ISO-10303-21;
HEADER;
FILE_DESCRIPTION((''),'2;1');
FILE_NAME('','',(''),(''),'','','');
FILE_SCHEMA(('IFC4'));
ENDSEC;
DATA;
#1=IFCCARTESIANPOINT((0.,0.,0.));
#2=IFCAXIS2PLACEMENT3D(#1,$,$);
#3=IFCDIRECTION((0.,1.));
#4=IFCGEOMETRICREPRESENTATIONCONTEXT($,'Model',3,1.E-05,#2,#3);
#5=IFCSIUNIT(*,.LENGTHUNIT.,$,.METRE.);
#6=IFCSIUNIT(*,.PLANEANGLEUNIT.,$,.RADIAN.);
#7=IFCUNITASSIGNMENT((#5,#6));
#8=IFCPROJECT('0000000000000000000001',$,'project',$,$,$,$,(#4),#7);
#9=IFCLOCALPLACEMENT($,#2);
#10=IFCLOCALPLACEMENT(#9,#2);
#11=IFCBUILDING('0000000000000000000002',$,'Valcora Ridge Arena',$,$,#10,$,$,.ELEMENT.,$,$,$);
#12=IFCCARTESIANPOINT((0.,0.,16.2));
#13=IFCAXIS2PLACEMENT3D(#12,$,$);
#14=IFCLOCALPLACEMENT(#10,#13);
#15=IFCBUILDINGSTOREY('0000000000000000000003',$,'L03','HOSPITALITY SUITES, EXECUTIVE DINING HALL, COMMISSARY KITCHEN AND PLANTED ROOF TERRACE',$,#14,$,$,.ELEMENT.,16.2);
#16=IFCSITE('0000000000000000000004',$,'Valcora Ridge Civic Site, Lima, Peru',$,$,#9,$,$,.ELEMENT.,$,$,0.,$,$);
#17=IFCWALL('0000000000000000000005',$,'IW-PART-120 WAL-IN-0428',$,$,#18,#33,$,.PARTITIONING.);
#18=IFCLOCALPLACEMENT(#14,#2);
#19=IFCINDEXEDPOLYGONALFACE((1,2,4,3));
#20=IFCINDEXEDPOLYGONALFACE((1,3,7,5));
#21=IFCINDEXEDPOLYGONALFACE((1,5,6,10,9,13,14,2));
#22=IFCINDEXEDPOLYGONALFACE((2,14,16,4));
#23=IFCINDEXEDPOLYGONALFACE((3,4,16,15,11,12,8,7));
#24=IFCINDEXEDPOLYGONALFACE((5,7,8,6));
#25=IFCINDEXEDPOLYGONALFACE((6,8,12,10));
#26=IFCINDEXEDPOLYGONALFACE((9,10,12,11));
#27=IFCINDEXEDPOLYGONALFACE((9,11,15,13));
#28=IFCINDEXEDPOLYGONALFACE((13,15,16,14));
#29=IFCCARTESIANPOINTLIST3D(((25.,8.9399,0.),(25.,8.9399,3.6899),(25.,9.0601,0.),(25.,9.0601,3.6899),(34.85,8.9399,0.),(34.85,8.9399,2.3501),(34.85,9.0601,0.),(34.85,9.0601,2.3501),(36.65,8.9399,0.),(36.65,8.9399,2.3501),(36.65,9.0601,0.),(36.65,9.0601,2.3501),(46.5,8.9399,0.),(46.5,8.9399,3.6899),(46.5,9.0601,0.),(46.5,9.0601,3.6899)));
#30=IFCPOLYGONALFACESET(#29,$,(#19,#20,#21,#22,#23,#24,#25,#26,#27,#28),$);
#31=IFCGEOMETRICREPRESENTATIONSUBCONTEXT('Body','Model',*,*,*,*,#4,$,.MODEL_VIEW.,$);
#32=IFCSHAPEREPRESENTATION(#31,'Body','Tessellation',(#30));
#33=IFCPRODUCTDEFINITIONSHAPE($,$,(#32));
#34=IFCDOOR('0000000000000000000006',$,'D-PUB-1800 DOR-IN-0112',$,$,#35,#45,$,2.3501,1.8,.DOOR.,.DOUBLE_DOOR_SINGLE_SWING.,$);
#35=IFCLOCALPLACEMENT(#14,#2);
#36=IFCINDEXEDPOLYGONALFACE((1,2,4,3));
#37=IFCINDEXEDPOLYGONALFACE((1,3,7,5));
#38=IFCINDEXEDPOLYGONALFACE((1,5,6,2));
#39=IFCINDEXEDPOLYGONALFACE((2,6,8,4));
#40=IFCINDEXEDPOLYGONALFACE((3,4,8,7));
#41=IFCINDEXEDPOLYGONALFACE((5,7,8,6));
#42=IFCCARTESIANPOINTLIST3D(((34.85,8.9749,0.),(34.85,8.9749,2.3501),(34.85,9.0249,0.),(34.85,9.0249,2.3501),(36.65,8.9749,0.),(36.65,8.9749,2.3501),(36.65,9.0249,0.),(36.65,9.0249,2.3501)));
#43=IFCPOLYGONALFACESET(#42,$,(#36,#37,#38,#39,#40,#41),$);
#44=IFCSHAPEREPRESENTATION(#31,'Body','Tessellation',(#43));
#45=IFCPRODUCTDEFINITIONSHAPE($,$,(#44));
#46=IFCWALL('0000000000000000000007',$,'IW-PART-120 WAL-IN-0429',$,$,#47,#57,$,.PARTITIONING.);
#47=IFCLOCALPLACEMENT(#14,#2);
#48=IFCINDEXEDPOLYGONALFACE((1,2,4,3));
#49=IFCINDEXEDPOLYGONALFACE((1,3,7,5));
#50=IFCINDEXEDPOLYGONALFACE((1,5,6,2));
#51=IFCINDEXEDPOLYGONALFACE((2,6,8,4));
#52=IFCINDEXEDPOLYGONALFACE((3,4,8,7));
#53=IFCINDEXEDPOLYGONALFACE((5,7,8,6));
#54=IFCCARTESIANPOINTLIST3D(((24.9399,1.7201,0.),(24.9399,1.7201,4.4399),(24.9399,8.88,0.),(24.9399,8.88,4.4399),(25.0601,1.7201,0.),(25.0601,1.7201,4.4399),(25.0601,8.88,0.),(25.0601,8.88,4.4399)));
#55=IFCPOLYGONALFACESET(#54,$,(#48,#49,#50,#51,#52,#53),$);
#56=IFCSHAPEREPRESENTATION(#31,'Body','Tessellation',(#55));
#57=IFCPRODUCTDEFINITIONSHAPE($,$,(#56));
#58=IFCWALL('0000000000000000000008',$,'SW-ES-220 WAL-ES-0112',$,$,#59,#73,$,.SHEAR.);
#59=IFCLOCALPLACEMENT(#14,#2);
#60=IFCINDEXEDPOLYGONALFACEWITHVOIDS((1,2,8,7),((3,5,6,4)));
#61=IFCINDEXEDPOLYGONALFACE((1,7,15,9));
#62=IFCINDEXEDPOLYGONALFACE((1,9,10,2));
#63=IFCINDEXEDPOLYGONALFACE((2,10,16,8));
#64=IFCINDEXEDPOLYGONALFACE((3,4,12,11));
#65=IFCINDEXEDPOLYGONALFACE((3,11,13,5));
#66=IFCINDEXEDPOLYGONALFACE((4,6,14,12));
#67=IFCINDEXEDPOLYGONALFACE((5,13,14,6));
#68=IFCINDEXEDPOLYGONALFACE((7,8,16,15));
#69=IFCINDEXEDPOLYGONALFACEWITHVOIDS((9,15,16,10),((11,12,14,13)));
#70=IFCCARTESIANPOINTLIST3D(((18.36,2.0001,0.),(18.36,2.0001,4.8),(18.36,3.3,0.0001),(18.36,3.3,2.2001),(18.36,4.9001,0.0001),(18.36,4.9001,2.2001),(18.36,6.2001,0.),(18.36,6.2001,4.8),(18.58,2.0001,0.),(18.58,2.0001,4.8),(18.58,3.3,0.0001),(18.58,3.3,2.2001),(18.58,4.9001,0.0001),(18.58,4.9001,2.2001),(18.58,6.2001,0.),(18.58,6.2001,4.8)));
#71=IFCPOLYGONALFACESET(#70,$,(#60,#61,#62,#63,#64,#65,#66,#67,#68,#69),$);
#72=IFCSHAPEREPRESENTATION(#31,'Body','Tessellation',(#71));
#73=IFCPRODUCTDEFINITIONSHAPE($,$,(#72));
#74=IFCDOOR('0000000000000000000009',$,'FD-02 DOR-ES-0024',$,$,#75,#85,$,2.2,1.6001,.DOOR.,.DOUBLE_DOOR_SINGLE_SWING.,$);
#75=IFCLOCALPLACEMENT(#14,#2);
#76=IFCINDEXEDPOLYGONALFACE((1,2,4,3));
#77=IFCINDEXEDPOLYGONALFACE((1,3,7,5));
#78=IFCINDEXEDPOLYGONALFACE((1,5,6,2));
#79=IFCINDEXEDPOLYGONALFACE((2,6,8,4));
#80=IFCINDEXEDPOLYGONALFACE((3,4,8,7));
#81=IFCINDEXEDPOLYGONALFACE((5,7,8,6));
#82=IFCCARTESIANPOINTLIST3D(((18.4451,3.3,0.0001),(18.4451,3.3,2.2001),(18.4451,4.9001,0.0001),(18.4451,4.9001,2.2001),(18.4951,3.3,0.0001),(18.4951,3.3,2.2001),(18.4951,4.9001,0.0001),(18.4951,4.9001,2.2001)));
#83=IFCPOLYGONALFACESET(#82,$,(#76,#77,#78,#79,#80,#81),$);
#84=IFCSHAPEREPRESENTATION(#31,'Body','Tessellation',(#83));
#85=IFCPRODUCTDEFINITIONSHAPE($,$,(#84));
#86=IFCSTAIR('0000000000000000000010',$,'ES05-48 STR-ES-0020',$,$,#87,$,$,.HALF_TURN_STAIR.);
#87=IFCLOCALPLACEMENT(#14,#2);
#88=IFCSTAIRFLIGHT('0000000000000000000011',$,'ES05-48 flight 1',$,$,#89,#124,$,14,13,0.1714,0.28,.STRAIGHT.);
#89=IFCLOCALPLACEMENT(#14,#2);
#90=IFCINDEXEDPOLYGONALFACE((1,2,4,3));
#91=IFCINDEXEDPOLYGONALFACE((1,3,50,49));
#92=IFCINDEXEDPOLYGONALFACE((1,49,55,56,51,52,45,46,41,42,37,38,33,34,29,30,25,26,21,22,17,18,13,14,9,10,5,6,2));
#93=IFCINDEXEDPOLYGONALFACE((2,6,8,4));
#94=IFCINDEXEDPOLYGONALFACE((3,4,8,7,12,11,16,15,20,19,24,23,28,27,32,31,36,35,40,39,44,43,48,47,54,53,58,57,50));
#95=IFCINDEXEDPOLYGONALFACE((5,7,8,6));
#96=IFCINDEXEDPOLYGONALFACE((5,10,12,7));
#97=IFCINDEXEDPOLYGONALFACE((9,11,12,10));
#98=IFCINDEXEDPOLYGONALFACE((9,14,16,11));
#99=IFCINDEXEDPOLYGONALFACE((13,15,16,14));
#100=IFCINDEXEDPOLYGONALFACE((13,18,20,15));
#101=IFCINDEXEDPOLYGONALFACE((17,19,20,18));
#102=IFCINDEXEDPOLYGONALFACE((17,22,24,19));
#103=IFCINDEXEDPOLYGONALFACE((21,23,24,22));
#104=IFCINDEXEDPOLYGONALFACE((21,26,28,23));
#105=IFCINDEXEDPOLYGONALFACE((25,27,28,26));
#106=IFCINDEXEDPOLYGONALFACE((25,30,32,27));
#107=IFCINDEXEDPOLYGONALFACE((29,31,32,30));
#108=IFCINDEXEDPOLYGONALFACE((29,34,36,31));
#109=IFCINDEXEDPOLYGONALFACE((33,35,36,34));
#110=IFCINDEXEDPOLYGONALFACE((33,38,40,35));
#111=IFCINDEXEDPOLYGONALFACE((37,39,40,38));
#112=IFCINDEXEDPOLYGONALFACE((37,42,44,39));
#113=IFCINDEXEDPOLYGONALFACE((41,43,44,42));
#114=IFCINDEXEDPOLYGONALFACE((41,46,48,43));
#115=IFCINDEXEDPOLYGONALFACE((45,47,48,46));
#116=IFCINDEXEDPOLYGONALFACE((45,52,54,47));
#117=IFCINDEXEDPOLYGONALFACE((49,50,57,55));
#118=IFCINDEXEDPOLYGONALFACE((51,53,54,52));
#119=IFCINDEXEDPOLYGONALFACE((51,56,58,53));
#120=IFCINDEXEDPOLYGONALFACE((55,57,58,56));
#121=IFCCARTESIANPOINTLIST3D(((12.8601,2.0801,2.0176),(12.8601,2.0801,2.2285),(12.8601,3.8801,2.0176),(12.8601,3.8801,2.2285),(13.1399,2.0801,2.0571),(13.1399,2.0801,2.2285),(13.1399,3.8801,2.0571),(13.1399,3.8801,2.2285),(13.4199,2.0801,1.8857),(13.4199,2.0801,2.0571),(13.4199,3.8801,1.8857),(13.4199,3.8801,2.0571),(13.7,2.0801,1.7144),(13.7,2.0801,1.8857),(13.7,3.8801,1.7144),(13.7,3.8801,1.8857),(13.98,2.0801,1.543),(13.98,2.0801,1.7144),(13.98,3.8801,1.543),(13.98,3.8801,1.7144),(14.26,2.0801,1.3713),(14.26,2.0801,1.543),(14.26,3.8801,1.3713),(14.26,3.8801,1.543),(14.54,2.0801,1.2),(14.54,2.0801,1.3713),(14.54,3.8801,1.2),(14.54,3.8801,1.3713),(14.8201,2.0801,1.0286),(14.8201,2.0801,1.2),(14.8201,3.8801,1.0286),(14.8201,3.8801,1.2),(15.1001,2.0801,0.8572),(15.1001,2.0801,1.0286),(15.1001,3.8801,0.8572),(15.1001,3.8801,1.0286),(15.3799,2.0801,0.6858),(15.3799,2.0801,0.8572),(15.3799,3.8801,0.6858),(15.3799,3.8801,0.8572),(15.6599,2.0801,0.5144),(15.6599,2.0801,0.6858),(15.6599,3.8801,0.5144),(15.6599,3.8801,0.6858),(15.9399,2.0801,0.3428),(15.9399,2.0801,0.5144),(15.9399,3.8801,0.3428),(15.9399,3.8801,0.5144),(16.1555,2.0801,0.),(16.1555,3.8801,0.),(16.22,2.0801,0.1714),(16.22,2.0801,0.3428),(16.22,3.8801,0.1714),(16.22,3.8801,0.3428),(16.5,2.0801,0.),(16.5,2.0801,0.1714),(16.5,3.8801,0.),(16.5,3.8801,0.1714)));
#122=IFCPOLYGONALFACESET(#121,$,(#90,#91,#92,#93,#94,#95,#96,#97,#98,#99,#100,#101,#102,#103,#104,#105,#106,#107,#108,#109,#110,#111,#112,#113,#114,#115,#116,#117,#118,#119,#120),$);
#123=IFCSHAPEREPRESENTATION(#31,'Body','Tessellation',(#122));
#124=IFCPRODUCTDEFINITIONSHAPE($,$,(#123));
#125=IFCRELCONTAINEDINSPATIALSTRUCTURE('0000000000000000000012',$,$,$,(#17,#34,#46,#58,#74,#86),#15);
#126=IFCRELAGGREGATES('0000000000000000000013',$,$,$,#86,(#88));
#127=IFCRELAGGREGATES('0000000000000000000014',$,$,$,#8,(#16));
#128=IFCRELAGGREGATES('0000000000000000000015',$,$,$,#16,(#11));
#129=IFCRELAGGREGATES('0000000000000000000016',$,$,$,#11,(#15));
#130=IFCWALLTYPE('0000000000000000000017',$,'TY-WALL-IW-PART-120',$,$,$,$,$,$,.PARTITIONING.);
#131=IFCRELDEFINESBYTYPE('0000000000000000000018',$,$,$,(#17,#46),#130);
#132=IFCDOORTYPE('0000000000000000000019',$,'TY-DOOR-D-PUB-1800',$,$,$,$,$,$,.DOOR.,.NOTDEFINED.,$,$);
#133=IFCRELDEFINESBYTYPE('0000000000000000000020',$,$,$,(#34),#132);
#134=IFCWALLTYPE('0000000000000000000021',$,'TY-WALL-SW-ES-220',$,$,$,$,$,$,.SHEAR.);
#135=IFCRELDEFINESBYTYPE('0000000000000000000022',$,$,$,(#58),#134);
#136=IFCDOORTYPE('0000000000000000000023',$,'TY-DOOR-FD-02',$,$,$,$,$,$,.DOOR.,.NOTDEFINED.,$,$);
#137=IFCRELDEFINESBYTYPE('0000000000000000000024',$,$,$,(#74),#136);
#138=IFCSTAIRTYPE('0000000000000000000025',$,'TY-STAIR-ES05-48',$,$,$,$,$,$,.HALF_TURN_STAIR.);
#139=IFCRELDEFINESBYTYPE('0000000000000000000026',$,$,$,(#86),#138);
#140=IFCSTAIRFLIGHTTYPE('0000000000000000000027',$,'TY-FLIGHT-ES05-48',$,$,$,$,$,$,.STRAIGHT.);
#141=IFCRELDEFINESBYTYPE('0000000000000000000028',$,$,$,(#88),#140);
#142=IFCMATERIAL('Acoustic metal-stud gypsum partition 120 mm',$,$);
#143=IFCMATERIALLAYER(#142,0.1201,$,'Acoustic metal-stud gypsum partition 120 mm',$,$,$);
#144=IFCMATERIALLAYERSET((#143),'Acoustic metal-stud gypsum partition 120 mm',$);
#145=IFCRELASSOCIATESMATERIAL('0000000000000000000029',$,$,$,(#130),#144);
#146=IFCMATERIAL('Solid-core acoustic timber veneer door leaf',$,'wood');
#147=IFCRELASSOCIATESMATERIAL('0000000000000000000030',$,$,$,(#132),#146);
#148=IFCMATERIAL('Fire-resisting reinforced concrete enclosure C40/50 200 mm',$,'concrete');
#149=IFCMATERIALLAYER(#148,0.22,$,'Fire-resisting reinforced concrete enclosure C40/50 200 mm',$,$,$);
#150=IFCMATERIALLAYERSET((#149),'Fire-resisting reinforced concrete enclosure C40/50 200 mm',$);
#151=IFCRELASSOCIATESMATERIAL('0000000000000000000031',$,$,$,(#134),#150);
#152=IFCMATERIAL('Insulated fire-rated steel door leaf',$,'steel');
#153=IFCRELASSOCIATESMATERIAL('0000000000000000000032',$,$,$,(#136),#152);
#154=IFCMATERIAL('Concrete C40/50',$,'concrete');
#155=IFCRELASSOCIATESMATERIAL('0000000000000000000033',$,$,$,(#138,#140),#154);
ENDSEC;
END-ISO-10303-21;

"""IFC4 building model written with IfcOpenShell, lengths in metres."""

from ifc_helpers import new_model, si_unit, direction, frame, frame_2d, origin, place, context, subcontext, project, spatial, polyline, rectangle, outline, extrude, material, layer, layer_set, type_object, element, fill, aggregate, save


model = new_model("IFC4")

# Units and contexts
model_context = context("Model", 3, precision=1e-05, world=origin(), true_north=direction((0.0, 1.0)))
body_context = subcontext(model_context, "Body", "Model", "MODEL_VIEW")
ifc_project = project(units=[si_unit("LENGTHUNIT", "METRE"), si_unit("PLANEANGLEUNIT", "RADIAN")], contexts=[model_context])

# Site, building, storey
site_placement = place(None, origin())
site = spatial("IfcSite", under=ifc_project, at=site_placement, Name="Valcora Ridge Civic Site, Lima, Peru", CompositionType="ELEMENT", RefElevation=0.0)
building_placement = place(site_placement, origin())
building = spatial("IfcBuilding", under=site, at=building_placement, Name="Valcora Ridge Arena", CompositionType="ELEMENT")
storey_placement = place(building_placement, frame((0.0, 0.0, 16.2)))
storey = spatial("IfcBuildingStorey", under=building, at=storey_placement, Name="L03", Description="HOSPITALITY SUITES, EXECUTIVE DINING HALL, COMMISSARY KITCHEN AND PLANTED ROOF TERRACE", CompositionType="ELEMENT", Elevation=16.2)

# Shared definitions
ifc_material_1 = material(Name="Concrete C40/50", Category="concrete")

# Shared definitions
ifc_material_2 = material(Name="Acoustic metal-stud gypsum partition 120 mm")
ifc_layer_1 = layer(ifc_material_2, 0.1201, Name="Acoustic metal-stud gypsum partition 120 mm")
ifc_layer_set_1 = layer_set([ifc_layer_1], Name="Acoustic metal-stud gypsum partition 120 mm")
wall_type_1 = type_object("IfcWallType", Name="TY-WALL-IW-PART-120", PredefinedType="PARTITIONING", material=ifc_layer_set_1)

# Wall, opening, door
wall_1_placement = place(storey_placement, frame((25.0, 9.0, 0.0), z_axis=(0.0, 0.0, 1.0), x_axis=(1.0, 0.0, 0.0)))
wall_1 = element("IfcWall", 1, at=wall_1_placement, inside=storey, type_object=wall_type_1, Name="IW-PART-120 WAL-IN-0428", PredefinedType="PARTITIONING", context=body_context, shape_type="SweptSolid", body=[
    extrude(rectangle(XDim=21.5, YDim=0.1201, at=frame_2d((10.75, 0.0))), origin(), (0.0, 0.0, 1.0), 3.6899),
])
opening_1_placement = place(wall_1_placement, frame((9.8501, 0.0, 0.0)))
opening_1 = element("IfcOpeningElement", 2, at=opening_1_placement, cuts=wall_1, PredefinedType="OPENING", context=body_context, shape_type="SweptSolid", body=[
    extrude(rectangle(XDim=1.8, YDim=2.3501, at=frame_2d((0.8999, 1.175))), frame((0.0, 0.0701, 0.0), z_axis=(0.0, -1.0, 0.0), x_axis=(1.0, 0.0, 0.0)), (0.0, 0.0, 1.0), 0.1401),
])
ifc_material_3 = material(Name="Solid-core acoustic timber veneer door leaf", Category="wood")
door_type_1 = type_object("IfcDoorType", Name="TY-DOOR-D-PUB-1800", OperationType="NOTDEFINED", PredefinedType="DOOR", material=ifc_material_3)
door_1_placement = place(opening_1_placement, origin())
door_1 = element("IfcDoor", 3, at=door_1_placement, inside=storey, type_object=door_type_1, Name="D-PUB-1800 DOR-IN-0112", OperationType="DOUBLE_DOOR_SINGLE_SWING", OverallHeight=2.3501, OverallWidth=1.8, PredefinedType="DOOR", context=body_context, shape_type="SweptSolid", body=[
    extrude(rectangle(XDim=1.8, YDim=2.3501, at=frame_2d((0.8999, 1.175))), frame((0.0, 0.0249, 0.0), z_axis=(0.0, -1.0, 0.0), x_axis=(1.0, 0.0, 0.0)), (0.0, 0.0, 1.0), 0.05),
])
fill(opening_1, door_1)

# Wall
wall_2_placement = place(storey_placement, frame((25.0, 1.72, 0.0), z_axis=(0.0, 0.0, 1.0), x_axis=(0.0, 1.0, 0.0)))
element("IfcWall", 4, at=wall_2_placement, inside=storey, type_object=wall_type_1, Name="IW-PART-120 WAL-IN-0429", PredefinedType="PARTITIONING", context=body_context, shape_type="SweptSolid", body=[
    extrude(rectangle(XDim=7.1599, YDim=0.1201, at=frame_2d((3.5801, 0.0))), origin(), (0.0, 0.0, 1.0), 4.4399),
])

# Wall, opening, door
ifc_material_4 = material(Name="Fire-resisting reinforced concrete enclosure C40/50 200 mm", Category="concrete")
ifc_layer_2 = layer(ifc_material_4, 0.22, Name="Fire-resisting reinforced concrete enclosure C40/50 200 mm")
ifc_layer_set_2 = layer_set([ifc_layer_2], Name="Fire-resisting reinforced concrete enclosure C40/50 200 mm")
wall_type_2 = type_object("IfcWallType", Name="TY-WALL-SW-ES-220", PredefinedType="SHEAR", material=ifc_layer_set_2)
wall_3_placement = place(storey_placement, frame((18.47, 2.0, 0.0), z_axis=(0.0, 0.0, 1.0), x_axis=(0.0, 1.0, 0.0)))
wall_3 = element("IfcWall", 5, at=wall_3_placement, inside=storey, type_object=wall_type_2, Name="SW-ES-220 WAL-ES-0112", PredefinedType="SHEAR", context=body_context, shape_type="SweptSolid", body=[
    extrude(rectangle(XDim=4.2, YDim=0.22, at=frame_2d((2.1001, 0.0))), origin(), (0.0, 0.0, 1.0), 4.8),
])
opening_2_placement = place(wall_3_placement, frame((1.3, 0.0, 0.0)))
opening_2 = element("IfcOpeningElement", 6, at=opening_2_placement, cuts=wall_3, PredefinedType="OPENING", context=body_context, shape_type="SweptSolid", body=[
    extrude(rectangle(XDim=1.6001, YDim=2.2, at=frame_2d((0.8, 1.1001))), frame((0.0, 0.1199, 0.0), z_axis=(0.0, -1.0, 0.0), x_axis=(1.0, 0.0, 0.0)), (0.0, 0.0, 1.0), 0.24),
])
ifc_material_5 = material(Name="Insulated fire-rated steel door leaf", Category="steel")
door_type_2 = type_object("IfcDoorType", Name="TY-DOOR-FD-02", OperationType="NOTDEFINED", PredefinedType="DOOR", material=ifc_material_5)
door_2_placement = place(opening_2_placement, origin())
door_2 = element("IfcDoor", 7, at=door_2_placement, inside=storey, type_object=door_type_2, Name="FD-02 DOR-ES-0024", OperationType="DOUBLE_DOOR_SINGLE_SWING", OverallHeight=2.2, OverallWidth=1.6001, PredefinedType="DOOR", context=body_context, shape_type="SweptSolid", body=[
    extrude(rectangle(XDim=1.6001, YDim=2.2, at=frame_2d((0.8, 1.1001))), frame((0.0, 0.0249, 0.0), z_axis=(0.0, -1.0, 0.0), x_axis=(1.0, 0.0, 0.0)), (0.0, 0.0, 1.0), 0.05),
])
fill(opening_2, door_2)

# Stair, stair flight
stair_type = type_object("IfcStairType", Name="TY-STAIR-ES05-48", PredefinedType="HALF_TURN_STAIR", material=ifc_material_1)
stair_placement = place(storey_placement, origin())
stair = element("IfcStair", 8, at=stair_placement, inside=storey, type_object=stair_type, Name="ES05-48 STR-ES-0020", PredefinedType="HALF_TURN_STAIR")
stair_flight_type = type_object("IfcStairFlightType", Name="TY-FLIGHT-ES05-48", PredefinedType="STRAIGHT", material=ifc_material_1)
stair_flight_placement = place(storey_placement, frame((16.5, 2.98, 0.0), z_axis=(0.0, 0.0, 1.0), x_axis=(-1.0, 0.0, 0.0)))
stair_flight = element("IfcStairFlight", 9, at=stair_flight_placement, type_object=stair_flight_type, Name="ES05-48 flight 1", NumberOfRisers=14, NumberOfTreads=13, PredefinedType="STRAIGHT", RiserHeight=0.1714, TreadLength=0.28, context=body_context, shape_type="SweptSolid", body=[
    extrude(outline(polyline([(0.0, 0.0), (0.0, 0.1714), (0.28, 0.1714), (0.28, 0.3428), (0.5601, 0.3428), (0.5601, 0.5144), (0.8401, 0.5144), (0.8401, 0.6858), (1.1201, 0.6858), (1.1201, 0.8572), (1.3999, 0.8572), (1.3999, 1.0286), (1.6799, 1.0286), (1.6799, 1.2), (1.96, 1.2), (1.96, 1.3713), (2.24, 1.3713), (2.24, 1.543), (2.52, 1.543), (2.52, 1.7144), (2.8, 1.7144), (2.8, 1.8857), (3.0801, 1.8857), (3.0801, 2.0571), (3.3601, 2.0571), (3.3601, 2.2285), (3.6399, 2.2285), (3.6399, 2.3999), (3.6399, 2.0176), (0.3445, 0.0), (0.0, 0.0)])), frame((0.0, 0.8999, 0.0), z_axis=(0.0, -1.0, 0.0), x_axis=(1.0, 0.0, 0.0)), (0.0, 0.0, 1.0), 1.8),
])
aggregate(stair, [stair_flight])

save(model, "model.ifc")
